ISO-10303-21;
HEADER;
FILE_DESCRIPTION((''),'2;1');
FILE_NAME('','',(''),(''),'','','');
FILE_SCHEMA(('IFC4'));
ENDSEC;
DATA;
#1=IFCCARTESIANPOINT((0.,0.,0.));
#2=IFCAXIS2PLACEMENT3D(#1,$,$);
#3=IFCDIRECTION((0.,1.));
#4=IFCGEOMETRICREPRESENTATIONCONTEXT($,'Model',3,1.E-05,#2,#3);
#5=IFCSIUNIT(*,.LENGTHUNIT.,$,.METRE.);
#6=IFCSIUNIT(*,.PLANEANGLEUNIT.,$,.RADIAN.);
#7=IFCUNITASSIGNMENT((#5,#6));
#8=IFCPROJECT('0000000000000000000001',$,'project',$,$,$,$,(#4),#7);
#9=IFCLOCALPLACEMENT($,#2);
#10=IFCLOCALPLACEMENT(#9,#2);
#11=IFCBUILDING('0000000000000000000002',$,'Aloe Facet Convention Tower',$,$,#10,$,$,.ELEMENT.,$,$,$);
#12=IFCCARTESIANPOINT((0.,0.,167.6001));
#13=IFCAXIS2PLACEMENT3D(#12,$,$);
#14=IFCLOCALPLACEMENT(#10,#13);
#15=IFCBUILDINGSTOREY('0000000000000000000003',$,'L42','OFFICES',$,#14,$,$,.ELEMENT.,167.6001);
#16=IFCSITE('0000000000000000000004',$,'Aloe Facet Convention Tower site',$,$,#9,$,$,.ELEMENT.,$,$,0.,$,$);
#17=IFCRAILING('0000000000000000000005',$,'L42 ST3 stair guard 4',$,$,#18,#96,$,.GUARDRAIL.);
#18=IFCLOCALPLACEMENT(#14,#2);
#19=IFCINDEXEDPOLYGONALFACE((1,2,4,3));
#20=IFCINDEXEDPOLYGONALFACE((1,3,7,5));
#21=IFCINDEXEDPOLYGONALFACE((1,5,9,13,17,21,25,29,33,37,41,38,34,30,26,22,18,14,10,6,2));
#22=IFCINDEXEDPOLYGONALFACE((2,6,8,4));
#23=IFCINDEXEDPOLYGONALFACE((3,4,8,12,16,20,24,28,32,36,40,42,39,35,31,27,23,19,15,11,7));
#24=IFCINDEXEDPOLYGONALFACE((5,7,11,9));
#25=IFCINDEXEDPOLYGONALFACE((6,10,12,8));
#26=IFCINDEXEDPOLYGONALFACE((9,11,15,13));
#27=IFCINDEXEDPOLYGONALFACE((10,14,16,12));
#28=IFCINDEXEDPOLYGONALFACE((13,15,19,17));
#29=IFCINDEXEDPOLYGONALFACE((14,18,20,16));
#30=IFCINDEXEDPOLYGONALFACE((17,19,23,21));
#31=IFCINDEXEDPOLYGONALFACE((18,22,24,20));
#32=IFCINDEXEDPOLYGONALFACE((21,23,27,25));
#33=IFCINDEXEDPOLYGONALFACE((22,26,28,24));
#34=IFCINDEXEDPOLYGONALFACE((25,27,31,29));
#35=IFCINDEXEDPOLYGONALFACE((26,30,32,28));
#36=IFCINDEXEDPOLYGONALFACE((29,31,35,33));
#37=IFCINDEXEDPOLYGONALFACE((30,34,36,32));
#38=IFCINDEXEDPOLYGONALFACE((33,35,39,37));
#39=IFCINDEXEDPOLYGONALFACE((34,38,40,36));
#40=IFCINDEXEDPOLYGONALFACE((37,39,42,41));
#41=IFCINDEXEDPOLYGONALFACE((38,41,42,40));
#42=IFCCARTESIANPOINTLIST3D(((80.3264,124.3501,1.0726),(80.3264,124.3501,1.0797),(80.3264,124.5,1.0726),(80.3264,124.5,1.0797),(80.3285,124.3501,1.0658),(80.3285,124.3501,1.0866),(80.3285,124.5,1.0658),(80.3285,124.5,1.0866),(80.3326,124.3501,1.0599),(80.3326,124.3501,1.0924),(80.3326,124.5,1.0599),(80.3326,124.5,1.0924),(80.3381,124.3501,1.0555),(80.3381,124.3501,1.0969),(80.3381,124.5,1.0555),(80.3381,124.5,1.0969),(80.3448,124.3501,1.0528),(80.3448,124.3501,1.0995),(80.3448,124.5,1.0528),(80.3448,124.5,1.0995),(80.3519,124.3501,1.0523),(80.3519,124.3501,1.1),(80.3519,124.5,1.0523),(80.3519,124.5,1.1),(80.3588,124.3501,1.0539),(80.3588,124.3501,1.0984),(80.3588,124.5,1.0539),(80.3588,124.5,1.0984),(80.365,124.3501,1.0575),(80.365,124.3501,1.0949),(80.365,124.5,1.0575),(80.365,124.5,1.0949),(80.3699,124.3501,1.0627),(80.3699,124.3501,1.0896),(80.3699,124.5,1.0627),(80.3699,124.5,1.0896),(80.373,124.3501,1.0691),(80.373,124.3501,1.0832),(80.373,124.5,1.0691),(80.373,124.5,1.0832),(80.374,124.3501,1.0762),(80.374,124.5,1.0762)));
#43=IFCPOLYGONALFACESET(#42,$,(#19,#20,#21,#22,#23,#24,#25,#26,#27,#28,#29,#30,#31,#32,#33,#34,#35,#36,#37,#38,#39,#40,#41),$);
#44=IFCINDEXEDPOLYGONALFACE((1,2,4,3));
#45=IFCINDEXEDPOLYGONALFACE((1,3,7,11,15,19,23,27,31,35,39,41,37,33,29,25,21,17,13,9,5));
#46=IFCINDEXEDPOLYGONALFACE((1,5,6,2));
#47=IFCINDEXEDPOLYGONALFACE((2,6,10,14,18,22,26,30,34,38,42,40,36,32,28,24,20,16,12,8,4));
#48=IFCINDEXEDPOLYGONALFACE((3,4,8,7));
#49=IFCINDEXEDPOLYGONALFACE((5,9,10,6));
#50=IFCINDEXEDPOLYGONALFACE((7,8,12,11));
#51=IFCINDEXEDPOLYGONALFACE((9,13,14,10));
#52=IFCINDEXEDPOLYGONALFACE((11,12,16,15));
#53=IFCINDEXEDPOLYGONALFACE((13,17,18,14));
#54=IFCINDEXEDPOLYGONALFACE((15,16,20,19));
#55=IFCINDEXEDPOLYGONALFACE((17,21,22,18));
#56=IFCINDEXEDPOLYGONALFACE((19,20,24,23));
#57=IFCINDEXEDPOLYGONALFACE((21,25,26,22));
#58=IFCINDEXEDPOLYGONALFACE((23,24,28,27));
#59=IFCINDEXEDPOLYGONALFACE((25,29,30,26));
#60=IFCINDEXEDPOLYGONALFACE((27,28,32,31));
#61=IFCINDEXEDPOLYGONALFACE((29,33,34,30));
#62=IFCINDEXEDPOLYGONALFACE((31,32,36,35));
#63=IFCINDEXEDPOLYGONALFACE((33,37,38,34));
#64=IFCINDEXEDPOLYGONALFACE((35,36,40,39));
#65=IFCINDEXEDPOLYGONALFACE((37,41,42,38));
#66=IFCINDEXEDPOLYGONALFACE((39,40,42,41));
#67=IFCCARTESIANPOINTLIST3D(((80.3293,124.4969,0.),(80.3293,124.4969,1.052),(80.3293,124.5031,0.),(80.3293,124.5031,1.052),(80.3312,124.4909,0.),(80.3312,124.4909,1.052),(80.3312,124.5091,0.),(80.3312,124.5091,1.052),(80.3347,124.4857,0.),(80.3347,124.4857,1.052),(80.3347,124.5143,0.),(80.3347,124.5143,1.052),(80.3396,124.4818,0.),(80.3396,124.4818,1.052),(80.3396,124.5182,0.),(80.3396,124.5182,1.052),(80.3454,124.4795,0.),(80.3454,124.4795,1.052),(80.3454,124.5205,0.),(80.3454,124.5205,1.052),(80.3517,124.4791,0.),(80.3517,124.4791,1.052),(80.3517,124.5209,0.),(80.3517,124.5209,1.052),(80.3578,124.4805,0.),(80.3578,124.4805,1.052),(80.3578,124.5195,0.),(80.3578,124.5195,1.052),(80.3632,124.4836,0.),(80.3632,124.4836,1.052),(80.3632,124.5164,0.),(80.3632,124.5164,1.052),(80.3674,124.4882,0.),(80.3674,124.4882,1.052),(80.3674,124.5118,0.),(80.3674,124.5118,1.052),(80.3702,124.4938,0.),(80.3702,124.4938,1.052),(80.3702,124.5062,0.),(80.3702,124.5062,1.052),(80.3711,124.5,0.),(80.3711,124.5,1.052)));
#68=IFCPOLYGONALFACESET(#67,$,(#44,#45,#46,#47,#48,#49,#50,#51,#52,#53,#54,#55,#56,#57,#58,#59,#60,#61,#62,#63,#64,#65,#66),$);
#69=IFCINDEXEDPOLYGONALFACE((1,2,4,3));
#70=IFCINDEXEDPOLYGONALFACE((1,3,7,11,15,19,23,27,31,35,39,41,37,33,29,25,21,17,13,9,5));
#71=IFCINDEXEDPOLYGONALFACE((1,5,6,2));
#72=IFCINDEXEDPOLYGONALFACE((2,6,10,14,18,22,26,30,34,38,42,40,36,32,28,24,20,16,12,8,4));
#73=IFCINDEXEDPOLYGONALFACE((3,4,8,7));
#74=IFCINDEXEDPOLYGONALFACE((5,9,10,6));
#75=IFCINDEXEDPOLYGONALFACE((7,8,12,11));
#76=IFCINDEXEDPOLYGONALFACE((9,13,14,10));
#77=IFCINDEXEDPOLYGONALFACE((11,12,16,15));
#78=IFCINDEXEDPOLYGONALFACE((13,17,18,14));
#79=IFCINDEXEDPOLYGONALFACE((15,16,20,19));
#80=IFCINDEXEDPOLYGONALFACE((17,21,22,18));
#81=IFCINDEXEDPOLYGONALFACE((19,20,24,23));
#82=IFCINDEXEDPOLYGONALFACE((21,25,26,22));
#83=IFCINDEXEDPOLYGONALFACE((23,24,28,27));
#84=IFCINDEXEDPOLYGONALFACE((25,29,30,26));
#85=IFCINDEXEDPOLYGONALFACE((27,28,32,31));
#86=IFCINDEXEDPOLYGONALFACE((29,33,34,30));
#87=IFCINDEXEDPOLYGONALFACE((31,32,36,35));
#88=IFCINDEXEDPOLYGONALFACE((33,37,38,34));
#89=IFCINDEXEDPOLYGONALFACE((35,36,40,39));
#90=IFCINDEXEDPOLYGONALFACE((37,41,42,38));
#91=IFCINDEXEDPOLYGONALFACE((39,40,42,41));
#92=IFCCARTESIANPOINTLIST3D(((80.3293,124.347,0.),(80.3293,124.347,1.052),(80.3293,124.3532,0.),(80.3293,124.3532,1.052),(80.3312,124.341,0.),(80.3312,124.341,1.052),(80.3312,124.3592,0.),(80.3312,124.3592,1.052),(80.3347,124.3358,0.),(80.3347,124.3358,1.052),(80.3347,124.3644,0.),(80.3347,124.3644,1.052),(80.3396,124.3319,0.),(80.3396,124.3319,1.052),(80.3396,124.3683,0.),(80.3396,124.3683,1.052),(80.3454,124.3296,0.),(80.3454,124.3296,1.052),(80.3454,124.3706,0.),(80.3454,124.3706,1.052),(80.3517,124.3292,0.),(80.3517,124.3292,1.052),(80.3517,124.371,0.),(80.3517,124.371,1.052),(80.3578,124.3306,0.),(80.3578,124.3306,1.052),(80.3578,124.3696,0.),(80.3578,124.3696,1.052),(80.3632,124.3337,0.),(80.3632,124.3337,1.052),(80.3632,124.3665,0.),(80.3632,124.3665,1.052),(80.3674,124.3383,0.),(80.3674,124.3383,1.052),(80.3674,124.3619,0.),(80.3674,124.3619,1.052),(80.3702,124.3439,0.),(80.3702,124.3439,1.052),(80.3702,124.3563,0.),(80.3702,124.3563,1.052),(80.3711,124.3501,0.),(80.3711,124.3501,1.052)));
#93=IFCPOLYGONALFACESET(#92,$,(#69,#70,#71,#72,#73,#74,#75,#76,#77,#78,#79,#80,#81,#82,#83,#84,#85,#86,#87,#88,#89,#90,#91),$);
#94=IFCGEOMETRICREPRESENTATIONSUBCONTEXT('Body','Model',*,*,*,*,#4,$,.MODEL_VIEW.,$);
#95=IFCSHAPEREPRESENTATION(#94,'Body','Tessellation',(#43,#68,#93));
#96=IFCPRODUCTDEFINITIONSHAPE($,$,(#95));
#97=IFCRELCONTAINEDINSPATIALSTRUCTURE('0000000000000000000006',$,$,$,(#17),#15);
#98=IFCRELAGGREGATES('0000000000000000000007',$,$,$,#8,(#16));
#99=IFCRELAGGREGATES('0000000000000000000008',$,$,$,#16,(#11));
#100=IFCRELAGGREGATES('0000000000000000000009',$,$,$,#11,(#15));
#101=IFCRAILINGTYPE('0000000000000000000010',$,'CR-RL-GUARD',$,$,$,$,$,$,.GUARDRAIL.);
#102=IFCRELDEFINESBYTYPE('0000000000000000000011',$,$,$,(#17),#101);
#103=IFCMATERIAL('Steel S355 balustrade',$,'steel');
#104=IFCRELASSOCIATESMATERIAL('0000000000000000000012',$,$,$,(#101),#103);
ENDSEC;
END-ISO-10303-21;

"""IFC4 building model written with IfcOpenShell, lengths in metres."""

from ifc_helpers import new_model, si_unit, direction, frame, origin, origin_2d, place, context, subcontext, project, spatial, circle, extrude, material, type_object, element, save


model = new_model("IFC4")

# Units and contexts
model_context = context("Model", 3, precision=1e-05, world=origin(), true_north=direction((0.0, 1.0)))
body_context = subcontext(model_context, "Body", "Model", "MODEL_VIEW")
ifc_project = project(units=[si_unit("LENGTHUNIT", "METRE"), si_unit("PLANEANGLEUNIT", "RADIAN")], contexts=[model_context])

# Site, building, storey
site_placement = place(None, origin())
site = spatial("IfcSite", under=ifc_project, at=site_placement, Name="Aloe Facet Convention Tower site", CompositionType="ELEMENT", RefElevation=0.0)
building_placement = place(site_placement, origin())
building = spatial("IfcBuilding", under=site, at=building_placement, Name="Aloe Facet Convention Tower", CompositionType="ELEMENT")
storey_placement = place(building_placement, frame((0.0, 0.0, 167.6001)))
storey = spatial("IfcBuildingStorey", under=building, at=storey_placement, Name="L42", Description="OFFICES", CompositionType="ELEMENT", Elevation=167.6001)

# Railing
ifc_material_1 = material(Name="Steel S355 balustrade", Category="steel")
railing_type_1 = type_object("IfcRailingType", Name="CR-RL-GUARD", PredefinedType="GUARDRAIL", material=ifc_material_1)
railing_1_placement = place(storey_placement, frame((80.3501, 124.5, 0.0)))
element("IfcRailing", 1, at=railing_1_placement, inside=storey, type_object=railing_type_1, Name="L42 ST3 stair guard 4", PredefinedType="GUARDRAIL", context=body_context, shape_type="SweptSolid", body=[
    extrude(circle(Radius=0.0239, at=origin_2d()), frame((0.0, 0.0, 1.0762), z_axis=(0.0, -1.0, 0.0), x_axis=(1.0, 0.0, 0.0)), (0.0, 0.0, 1.0), 0.1499),
    extrude(circle(Radius=0.021, at=origin_2d()), origin(), (0.0, 0.0, 1.0), 1.052),
    extrude(circle(Radius=0.021, at=origin_2d()), frame((0.0, -0.1499, 0.0)), (0.0, 0.0, 1.0), 1.052),
])

save(model, "model.ifc")
